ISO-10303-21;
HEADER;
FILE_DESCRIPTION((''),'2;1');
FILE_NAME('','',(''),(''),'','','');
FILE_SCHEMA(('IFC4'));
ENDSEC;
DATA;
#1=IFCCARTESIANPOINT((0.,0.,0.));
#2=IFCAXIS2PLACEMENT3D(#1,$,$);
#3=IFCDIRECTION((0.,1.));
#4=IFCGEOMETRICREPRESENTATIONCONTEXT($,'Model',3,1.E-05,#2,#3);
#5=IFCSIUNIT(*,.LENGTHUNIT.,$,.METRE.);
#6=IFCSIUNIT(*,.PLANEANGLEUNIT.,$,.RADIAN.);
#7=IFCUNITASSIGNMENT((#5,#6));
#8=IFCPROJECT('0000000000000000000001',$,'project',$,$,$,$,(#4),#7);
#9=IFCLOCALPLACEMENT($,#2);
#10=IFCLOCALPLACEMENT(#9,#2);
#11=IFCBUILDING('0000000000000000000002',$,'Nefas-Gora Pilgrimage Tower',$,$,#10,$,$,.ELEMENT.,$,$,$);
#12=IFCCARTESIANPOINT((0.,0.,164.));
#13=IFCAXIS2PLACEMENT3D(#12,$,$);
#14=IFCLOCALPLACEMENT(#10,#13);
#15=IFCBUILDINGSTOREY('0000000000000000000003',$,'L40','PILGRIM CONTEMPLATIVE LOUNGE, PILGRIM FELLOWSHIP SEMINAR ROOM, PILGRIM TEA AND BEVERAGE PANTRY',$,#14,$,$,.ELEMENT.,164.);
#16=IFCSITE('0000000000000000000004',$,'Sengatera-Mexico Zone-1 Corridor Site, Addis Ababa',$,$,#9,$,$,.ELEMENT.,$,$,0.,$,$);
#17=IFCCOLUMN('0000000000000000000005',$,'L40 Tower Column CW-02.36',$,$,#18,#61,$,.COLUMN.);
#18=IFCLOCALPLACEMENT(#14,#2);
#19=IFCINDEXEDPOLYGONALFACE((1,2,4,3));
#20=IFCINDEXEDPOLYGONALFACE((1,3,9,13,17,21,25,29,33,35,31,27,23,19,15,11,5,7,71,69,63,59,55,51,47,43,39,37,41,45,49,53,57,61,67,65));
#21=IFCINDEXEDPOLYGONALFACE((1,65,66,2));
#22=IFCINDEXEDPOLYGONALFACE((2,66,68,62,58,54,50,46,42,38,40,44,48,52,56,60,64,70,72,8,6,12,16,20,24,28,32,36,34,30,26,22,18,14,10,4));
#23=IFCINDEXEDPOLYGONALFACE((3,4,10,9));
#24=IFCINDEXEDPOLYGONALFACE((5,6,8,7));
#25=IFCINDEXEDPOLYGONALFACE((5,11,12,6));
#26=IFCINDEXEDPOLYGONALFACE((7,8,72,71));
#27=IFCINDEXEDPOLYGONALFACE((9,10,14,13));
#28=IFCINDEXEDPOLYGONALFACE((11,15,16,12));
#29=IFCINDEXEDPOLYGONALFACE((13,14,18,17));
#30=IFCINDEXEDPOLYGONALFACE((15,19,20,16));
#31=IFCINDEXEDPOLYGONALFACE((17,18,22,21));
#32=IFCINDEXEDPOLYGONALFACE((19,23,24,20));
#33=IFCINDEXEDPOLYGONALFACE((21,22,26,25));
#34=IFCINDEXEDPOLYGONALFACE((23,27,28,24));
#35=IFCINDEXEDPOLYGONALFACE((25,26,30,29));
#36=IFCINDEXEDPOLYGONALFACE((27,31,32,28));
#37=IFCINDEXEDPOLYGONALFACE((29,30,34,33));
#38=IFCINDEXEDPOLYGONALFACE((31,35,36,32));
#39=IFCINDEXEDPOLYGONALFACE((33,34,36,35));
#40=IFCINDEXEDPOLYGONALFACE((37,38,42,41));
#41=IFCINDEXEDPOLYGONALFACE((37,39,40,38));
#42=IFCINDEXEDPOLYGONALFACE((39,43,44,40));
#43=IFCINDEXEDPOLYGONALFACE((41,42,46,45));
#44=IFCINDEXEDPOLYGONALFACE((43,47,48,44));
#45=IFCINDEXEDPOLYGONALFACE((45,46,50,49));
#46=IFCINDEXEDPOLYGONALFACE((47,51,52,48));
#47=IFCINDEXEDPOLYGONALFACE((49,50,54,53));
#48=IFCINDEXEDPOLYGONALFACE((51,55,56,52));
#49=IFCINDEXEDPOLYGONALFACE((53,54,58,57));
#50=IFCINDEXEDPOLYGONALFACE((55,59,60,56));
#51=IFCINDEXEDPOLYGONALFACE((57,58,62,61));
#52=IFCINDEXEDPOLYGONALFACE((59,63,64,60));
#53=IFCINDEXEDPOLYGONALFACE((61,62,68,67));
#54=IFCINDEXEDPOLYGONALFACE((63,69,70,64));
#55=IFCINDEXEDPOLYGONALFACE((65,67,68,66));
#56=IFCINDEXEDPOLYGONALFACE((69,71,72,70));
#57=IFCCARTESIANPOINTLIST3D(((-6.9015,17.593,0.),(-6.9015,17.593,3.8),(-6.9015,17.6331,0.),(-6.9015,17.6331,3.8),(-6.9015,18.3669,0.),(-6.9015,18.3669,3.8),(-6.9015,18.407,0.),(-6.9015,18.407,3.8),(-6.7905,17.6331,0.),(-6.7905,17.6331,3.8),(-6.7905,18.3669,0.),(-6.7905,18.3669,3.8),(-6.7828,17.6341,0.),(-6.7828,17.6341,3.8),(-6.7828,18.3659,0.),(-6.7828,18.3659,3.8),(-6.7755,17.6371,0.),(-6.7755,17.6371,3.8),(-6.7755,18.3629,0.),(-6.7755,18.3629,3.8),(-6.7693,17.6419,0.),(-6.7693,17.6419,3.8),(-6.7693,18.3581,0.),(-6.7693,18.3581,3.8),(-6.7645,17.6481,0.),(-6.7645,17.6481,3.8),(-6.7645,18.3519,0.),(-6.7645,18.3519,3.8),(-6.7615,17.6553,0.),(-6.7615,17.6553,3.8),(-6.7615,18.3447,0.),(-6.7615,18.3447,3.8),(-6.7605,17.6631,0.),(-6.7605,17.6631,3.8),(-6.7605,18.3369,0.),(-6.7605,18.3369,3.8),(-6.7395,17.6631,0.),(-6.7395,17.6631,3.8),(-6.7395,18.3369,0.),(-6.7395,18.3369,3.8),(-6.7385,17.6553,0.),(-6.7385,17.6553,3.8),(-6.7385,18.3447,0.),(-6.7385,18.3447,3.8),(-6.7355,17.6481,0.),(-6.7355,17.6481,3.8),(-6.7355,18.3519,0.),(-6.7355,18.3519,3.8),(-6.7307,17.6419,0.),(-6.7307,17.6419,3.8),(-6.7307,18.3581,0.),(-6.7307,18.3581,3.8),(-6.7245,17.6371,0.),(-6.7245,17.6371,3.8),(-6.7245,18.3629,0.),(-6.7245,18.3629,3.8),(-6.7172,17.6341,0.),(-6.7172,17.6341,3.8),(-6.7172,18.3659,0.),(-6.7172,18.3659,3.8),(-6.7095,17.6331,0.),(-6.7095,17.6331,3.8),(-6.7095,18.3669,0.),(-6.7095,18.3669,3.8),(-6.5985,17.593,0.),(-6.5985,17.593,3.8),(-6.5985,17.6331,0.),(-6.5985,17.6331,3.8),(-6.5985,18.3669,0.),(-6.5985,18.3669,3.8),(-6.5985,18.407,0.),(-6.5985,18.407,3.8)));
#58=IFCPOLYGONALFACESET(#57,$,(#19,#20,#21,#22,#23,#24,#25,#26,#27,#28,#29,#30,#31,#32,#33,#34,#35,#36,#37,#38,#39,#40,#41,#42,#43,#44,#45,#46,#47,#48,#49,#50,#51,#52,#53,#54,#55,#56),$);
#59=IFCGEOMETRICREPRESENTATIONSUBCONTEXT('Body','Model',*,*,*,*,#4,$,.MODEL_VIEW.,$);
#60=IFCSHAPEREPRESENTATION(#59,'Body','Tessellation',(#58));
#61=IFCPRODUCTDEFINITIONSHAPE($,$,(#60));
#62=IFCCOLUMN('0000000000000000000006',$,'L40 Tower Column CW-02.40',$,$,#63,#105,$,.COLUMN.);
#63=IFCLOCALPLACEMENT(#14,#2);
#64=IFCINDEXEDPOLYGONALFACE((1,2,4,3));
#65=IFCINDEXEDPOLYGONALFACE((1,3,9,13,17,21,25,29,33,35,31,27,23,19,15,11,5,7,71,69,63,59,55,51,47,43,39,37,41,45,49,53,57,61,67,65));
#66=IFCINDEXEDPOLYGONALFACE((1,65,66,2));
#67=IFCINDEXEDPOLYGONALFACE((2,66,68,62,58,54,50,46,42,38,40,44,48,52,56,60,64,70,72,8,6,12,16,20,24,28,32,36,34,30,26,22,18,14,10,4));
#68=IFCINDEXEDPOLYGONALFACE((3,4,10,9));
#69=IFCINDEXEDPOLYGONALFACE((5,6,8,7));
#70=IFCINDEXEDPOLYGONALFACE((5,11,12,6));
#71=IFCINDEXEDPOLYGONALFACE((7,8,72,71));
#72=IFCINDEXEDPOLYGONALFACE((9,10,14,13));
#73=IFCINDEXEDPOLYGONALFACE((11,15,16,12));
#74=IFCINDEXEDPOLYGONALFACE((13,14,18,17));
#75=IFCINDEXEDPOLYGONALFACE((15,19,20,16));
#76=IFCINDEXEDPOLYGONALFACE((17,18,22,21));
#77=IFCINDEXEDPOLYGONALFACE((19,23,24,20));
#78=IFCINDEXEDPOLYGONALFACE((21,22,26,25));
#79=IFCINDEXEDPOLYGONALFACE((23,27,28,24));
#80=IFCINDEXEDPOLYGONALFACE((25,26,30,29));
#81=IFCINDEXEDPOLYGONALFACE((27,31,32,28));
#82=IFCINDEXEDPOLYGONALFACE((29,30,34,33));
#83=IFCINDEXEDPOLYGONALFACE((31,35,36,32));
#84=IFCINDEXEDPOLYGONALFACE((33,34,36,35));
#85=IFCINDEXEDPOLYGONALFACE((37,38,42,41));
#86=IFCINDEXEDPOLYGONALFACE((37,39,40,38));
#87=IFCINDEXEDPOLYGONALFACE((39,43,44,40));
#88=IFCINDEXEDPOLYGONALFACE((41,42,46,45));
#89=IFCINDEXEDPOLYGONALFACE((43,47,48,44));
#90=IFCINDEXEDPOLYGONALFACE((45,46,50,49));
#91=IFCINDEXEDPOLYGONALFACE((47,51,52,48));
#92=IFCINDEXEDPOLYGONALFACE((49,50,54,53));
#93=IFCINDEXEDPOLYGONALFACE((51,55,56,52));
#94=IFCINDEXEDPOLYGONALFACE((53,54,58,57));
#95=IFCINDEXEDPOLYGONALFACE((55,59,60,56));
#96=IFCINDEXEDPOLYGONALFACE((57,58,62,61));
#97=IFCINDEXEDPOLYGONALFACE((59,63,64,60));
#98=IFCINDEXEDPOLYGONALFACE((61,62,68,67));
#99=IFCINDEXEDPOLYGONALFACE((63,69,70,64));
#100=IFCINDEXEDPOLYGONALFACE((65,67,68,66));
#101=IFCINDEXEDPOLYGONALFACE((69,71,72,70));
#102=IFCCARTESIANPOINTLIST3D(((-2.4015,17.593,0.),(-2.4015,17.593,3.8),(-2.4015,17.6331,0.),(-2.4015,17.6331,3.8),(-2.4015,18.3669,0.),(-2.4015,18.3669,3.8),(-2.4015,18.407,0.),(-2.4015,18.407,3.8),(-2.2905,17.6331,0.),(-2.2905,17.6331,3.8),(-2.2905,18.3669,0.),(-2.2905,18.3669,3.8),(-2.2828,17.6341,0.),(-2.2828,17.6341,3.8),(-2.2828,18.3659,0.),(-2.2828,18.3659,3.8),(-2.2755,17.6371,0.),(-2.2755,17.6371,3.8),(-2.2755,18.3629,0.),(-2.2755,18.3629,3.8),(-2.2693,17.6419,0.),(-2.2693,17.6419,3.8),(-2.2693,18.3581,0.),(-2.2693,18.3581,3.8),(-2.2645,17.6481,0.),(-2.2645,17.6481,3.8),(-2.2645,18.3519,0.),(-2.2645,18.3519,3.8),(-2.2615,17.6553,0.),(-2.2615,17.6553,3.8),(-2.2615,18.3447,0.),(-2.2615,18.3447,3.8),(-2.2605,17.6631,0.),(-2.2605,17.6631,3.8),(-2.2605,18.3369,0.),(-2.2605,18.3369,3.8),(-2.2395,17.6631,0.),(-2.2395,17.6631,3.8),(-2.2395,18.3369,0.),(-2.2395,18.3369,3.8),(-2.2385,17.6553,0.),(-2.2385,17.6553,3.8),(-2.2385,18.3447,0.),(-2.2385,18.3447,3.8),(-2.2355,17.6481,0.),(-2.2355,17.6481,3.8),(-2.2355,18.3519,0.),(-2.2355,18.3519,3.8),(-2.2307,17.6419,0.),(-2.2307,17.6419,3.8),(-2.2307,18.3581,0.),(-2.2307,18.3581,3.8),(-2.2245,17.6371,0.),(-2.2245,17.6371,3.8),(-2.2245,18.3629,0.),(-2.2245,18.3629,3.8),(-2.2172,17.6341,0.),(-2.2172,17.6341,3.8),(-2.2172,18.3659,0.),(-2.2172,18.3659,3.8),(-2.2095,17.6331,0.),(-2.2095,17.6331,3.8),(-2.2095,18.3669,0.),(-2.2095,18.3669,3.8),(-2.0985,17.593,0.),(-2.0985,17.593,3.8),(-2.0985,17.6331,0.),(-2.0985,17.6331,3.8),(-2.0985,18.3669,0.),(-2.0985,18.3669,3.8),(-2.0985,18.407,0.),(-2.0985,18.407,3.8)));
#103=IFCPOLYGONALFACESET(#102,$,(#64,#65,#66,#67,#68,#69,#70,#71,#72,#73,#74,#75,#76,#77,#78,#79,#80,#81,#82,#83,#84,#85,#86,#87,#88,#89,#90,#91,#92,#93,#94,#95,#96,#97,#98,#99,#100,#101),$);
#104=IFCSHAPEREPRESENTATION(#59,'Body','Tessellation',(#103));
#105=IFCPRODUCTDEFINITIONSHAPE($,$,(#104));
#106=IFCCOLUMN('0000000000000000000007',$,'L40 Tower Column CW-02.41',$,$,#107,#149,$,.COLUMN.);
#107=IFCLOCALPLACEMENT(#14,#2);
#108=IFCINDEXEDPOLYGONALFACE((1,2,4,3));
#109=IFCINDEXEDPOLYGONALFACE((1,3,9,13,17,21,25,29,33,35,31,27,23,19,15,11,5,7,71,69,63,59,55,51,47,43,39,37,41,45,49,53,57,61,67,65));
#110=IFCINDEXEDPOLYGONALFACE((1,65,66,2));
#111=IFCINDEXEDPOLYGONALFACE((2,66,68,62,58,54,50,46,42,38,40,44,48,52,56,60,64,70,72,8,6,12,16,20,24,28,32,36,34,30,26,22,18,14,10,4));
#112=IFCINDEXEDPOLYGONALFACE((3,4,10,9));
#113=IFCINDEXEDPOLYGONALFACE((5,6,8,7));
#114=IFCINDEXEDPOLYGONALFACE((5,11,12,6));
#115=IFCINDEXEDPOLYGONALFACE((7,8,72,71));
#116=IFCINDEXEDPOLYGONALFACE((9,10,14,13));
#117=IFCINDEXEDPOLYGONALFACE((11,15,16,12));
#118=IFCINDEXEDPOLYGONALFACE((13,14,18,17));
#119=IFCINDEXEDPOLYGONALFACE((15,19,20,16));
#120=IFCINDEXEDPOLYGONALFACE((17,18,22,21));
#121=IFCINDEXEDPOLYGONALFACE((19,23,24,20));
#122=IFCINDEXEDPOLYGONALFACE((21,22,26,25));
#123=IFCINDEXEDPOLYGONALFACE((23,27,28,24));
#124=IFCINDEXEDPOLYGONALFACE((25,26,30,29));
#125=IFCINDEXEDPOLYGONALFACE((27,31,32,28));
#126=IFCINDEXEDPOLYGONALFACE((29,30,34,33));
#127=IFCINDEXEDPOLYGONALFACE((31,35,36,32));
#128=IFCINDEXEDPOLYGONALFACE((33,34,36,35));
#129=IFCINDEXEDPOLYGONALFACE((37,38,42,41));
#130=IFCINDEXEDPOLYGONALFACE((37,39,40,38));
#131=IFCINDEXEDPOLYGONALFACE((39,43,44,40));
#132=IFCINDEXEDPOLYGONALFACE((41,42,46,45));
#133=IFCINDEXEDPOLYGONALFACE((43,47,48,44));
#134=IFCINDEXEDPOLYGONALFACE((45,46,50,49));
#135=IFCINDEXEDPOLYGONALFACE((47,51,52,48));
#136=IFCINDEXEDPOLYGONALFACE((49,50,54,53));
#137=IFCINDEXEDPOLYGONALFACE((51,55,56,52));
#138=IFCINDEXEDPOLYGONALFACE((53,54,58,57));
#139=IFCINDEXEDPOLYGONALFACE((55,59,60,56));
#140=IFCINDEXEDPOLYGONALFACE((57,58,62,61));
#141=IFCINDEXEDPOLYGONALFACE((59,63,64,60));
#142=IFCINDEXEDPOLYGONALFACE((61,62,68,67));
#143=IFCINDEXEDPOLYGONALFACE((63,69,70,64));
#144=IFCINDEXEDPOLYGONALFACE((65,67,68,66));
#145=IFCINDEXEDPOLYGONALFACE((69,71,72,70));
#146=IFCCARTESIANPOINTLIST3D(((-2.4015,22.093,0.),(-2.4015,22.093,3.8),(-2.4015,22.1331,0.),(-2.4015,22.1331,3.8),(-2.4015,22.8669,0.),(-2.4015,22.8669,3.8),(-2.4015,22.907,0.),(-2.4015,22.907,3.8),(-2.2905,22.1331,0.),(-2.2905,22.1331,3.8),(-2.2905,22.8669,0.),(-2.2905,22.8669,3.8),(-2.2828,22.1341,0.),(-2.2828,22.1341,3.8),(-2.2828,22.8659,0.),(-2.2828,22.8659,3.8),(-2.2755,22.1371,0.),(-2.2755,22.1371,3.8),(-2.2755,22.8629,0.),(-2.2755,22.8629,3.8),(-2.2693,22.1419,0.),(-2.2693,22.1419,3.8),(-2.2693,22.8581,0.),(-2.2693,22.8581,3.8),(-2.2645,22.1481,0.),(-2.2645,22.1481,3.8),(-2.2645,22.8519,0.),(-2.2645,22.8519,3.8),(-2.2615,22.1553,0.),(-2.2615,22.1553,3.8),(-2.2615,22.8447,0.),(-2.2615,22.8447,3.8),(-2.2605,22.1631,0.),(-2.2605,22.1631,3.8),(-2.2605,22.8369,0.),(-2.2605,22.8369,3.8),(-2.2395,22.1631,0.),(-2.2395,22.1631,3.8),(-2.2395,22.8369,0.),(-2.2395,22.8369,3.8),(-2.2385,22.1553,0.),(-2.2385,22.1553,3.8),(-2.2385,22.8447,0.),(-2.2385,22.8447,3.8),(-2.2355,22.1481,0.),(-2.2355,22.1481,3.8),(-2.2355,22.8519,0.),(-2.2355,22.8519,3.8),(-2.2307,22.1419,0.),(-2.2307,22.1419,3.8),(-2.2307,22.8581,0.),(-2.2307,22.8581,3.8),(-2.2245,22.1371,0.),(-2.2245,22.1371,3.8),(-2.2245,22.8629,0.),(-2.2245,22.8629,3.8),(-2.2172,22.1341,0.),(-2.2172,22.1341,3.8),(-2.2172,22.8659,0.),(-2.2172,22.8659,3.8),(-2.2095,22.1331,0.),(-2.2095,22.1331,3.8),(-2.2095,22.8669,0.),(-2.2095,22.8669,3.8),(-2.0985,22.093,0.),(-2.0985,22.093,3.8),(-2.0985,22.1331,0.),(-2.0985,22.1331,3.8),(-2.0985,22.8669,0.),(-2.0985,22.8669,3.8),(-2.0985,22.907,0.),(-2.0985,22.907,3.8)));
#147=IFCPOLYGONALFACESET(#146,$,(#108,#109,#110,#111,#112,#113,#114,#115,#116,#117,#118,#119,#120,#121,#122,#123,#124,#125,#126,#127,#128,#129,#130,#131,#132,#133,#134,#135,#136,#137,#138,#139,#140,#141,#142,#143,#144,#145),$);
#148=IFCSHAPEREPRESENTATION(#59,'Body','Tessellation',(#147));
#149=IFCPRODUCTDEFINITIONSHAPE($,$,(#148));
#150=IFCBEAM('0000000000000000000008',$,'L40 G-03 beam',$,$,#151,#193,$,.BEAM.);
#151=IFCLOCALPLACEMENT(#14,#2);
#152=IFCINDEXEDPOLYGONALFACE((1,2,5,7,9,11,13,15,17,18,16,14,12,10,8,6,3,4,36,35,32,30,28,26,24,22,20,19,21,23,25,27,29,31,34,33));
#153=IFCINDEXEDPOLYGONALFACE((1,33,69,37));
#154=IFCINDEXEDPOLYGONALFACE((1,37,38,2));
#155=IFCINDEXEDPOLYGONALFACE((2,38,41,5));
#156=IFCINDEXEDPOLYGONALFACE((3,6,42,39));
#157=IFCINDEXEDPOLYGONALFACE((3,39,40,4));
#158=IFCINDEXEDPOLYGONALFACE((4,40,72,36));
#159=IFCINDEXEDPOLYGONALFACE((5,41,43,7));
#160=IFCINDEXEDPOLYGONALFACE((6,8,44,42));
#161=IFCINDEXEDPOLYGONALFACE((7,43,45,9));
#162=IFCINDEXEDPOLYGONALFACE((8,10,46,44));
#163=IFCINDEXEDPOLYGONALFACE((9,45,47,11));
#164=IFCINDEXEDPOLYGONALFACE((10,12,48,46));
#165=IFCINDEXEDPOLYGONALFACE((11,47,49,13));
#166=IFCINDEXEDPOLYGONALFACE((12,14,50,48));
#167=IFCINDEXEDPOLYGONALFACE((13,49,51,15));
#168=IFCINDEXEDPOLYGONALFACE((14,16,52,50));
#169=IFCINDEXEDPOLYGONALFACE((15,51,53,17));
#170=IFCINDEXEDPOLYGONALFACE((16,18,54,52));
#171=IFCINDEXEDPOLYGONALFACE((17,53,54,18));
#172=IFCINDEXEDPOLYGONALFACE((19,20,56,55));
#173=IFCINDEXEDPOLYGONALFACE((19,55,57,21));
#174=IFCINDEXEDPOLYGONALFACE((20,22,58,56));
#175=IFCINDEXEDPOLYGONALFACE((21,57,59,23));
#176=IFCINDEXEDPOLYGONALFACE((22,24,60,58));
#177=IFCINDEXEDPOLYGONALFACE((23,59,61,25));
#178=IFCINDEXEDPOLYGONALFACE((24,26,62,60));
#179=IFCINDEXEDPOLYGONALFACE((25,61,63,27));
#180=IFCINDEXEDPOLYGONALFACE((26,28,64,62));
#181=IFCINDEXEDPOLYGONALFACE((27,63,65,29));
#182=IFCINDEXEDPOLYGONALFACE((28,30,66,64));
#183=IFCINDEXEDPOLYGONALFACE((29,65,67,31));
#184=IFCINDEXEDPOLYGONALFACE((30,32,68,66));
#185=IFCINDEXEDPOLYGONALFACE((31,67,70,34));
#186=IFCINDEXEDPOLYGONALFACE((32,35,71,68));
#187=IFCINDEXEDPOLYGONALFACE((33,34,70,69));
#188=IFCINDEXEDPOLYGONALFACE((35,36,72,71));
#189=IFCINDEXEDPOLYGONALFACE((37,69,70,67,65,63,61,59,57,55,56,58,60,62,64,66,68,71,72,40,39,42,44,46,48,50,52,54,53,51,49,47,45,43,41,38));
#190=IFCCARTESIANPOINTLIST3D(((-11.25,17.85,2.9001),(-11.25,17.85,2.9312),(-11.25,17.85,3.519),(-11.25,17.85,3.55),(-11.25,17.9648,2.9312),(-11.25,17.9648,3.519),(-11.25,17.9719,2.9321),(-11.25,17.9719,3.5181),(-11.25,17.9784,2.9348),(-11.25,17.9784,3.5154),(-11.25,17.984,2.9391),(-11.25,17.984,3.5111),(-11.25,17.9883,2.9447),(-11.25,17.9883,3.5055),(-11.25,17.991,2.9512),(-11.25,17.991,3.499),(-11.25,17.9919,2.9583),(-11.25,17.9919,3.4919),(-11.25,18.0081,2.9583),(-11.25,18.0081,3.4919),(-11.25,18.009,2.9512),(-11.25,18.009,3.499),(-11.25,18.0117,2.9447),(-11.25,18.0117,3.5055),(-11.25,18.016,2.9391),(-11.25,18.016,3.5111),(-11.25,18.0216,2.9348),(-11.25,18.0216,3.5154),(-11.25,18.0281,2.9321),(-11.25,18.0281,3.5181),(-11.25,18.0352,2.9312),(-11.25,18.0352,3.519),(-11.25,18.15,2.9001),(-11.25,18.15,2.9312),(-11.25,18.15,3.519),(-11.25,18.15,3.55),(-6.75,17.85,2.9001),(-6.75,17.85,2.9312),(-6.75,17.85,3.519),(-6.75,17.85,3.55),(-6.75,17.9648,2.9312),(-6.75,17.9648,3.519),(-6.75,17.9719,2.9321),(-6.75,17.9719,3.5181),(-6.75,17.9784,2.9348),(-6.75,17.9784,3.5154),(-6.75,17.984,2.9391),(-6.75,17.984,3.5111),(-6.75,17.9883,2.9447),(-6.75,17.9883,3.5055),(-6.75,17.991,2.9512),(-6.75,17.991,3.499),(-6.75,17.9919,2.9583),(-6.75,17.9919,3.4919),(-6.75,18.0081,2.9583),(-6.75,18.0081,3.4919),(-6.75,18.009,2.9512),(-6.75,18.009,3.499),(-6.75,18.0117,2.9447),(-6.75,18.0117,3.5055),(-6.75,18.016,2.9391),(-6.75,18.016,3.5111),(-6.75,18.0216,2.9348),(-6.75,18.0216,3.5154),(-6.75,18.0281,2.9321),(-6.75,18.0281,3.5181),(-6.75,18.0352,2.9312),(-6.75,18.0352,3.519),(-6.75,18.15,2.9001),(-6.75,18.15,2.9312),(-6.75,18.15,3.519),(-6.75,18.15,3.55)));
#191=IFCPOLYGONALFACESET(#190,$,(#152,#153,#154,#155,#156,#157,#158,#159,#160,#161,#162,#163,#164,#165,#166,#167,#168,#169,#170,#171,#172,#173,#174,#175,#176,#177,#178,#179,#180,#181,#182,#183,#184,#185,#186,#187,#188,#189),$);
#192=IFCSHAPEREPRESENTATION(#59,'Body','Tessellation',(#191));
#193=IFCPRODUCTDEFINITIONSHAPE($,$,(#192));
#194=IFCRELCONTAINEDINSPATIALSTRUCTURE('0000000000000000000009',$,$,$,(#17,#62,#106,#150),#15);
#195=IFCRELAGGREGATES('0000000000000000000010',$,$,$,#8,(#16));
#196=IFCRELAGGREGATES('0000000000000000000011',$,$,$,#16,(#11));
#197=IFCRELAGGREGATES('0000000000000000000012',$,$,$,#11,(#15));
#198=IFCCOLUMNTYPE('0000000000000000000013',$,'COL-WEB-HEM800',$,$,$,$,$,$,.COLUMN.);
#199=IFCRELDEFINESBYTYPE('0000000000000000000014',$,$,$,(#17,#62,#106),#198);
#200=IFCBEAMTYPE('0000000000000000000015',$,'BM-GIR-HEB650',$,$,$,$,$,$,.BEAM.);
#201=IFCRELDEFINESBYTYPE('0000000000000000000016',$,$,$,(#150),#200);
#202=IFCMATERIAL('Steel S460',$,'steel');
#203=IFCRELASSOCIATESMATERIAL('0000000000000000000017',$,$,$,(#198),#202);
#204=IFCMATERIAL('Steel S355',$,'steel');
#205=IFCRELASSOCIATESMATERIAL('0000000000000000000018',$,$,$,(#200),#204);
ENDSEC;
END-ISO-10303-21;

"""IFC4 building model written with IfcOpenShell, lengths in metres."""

from ifc_helpers import new_model, si_unit, direction, frame, origin, origin_2d, place, context, subcontext, project, spatial, i_section, extrude, source, transform, mapped, material, material_profile, profile_set, type_object, element, save


model = new_model("IFC4")

# Units and contexts
model_context = context("Model", 3, precision=1e-05, world=origin(), true_north=direction((0.0, 1.0)))
body_context = subcontext(model_context, "Body", "Model", "MODEL_VIEW")
ifc_project = project(units=[si_unit("LENGTHUNIT", "METRE"), si_unit("PLANEANGLEUNIT", "RADIAN")], contexts=[model_context])

# Site, building, storey
site_placement = place(None, origin())
site = spatial("IfcSite", under=ifc_project, at=site_placement, Name="Sengatera-Mexico Zone-1 Corridor Site, Addis Ababa", CompositionType="ELEMENT", RefElevation=0.0)
building_placement = place(site_placement, origin())
building = spatial("IfcBuilding", under=site, at=building_placement, Name="Nefas-Gora Pilgrimage Tower", CompositionType="ELEMENT")
storey_placement = place(building_placement, frame((0.0, 0.0, 164.0)))
storey = spatial("IfcBuildingStorey", under=building, at=storey_placement, Name="L40", Description="PILGRIM CONTEMPLATIVE LOUNGE, PILGRIM FELLOWSHIP SEMINAR ROOM, PILGRIM TEA AND BEVERAGE PANTRY", CompositionType="ELEMENT", Elevation=164.0)

# Columns
ifc_material_1 = material(Name="Steel S460", Category="steel")
ifc_material_profile_1 = material_profile(ifc_material_1, i_section(OverallWidth=0.303, OverallDepth=0.814, WebThickness=0.021, FlangeThickness=0.04, FilletRadius=0.03, at=origin_2d()), Name="HEM 800")
ifc_profile_set_1 = profile_set([ifc_material_profile_1], Name="Steel S460")
column_type_1 = type_object("IfcColumnType", Name="COL-WEB-HEM800", PredefinedType="COLUMN", material=ifc_profile_set_1)
shared_shape_1 = source(origin(), body_context, "Body", "SweptSolid", [
    extrude(i_section(OverallWidth=0.303, OverallDepth=0.814, WebThickness=0.021, FlangeThickness=0.04, FilletRadius=0.03, at=origin_2d()), origin(), (0.0, 0.0, 1.0), 3.8),
])
for number, where, z_axis, x_axis, name in (
    (1, (-6.75, 18.0, 0.0), (0.0, 0.0, 1.0), (1.0, 0.0, 0.0), "L40 Tower Column CW-02.36"),
    (2, (-2.25, 18.0, 0.0), (0.0, 0.0, 1.0), (1.0, 0.0, 0.0), "L40 Tower Column CW-02.40"),
    (3, (-2.25, 22.5, 0.0), (0.0, 0.0, 1.0), (1.0, 0.0, 0.0), "L40 Tower Column CW-02.41"),
):
    element("IfcColumn", number, at=place(storey_placement, frame(where, z_axis=z_axis, x_axis=x_axis)), inside=storey, type_object=column_type_1, Name=name, PredefinedType="COLUMN", context=body_context, shape_type="MappedRepresentation", body=[
        mapped(shared_shape_1, transform((0.0, 0.0, 0.0), x_axis=(1.0, 0.0, 0.0), y_axis=(0.0, 1.0, 0.0), z_axis=(0.0, 0.0, 1.0), scale=1.0)),
    ])

# Beam
ifc_material_2 = material(Name="Steel S355", Category="steel")
ifc_material_profile_2 = material_profile(ifc_material_2, i_section(OverallWidth=0.3, OverallDepth=0.6499, WebThickness=0.0161, FlangeThickness=0.031, FilletRadius=0.0271, at=origin_2d()), Name="HEB 650")
ifc_profile_set_2 = profile_set([ifc_material_profile_2], Name="Steel S355")
beam_type = type_object("IfcBeamType", Name="BM-GIR-HEB650", PredefinedType="BEAM", material=ifc_profile_set_2)
shared_shape_2 = source(origin(), body_context, "Body", "SweptSolid", [
    extrude(i_section(OverallWidth=0.3, OverallDepth=0.6499, WebThickness=0.0161, FlangeThickness=0.031, FilletRadius=0.0271, at=origin_2d()), origin(), (0.0, 0.0, 1.0), 4.5),
])
for number, where, z_axis, x_axis, name in (
    (4, (-11.25, 18.0, 3.2251), (1.0, 0.0, 0.0), (0.0, 1.0, 0.0), "L40 G-03 beam"),
):
    element("IfcBeam", number, at=place(storey_placement, frame(where, z_axis=z_axis, x_axis=x_axis)), inside=storey, type_object=beam_type, Name=name, PredefinedType="BEAM", context=body_context, shape_type="MappedRepresentation", body=[
        mapped(shared_shape_2, transform((0.0, 0.0, 0.0), x_axis=(1.0, 0.0, 0.0), y_axis=(0.0, 1.0, 0.0), z_axis=(0.0, 0.0, 1.0), scale=1.0)),
    ])

save(model, "model.ifc")
